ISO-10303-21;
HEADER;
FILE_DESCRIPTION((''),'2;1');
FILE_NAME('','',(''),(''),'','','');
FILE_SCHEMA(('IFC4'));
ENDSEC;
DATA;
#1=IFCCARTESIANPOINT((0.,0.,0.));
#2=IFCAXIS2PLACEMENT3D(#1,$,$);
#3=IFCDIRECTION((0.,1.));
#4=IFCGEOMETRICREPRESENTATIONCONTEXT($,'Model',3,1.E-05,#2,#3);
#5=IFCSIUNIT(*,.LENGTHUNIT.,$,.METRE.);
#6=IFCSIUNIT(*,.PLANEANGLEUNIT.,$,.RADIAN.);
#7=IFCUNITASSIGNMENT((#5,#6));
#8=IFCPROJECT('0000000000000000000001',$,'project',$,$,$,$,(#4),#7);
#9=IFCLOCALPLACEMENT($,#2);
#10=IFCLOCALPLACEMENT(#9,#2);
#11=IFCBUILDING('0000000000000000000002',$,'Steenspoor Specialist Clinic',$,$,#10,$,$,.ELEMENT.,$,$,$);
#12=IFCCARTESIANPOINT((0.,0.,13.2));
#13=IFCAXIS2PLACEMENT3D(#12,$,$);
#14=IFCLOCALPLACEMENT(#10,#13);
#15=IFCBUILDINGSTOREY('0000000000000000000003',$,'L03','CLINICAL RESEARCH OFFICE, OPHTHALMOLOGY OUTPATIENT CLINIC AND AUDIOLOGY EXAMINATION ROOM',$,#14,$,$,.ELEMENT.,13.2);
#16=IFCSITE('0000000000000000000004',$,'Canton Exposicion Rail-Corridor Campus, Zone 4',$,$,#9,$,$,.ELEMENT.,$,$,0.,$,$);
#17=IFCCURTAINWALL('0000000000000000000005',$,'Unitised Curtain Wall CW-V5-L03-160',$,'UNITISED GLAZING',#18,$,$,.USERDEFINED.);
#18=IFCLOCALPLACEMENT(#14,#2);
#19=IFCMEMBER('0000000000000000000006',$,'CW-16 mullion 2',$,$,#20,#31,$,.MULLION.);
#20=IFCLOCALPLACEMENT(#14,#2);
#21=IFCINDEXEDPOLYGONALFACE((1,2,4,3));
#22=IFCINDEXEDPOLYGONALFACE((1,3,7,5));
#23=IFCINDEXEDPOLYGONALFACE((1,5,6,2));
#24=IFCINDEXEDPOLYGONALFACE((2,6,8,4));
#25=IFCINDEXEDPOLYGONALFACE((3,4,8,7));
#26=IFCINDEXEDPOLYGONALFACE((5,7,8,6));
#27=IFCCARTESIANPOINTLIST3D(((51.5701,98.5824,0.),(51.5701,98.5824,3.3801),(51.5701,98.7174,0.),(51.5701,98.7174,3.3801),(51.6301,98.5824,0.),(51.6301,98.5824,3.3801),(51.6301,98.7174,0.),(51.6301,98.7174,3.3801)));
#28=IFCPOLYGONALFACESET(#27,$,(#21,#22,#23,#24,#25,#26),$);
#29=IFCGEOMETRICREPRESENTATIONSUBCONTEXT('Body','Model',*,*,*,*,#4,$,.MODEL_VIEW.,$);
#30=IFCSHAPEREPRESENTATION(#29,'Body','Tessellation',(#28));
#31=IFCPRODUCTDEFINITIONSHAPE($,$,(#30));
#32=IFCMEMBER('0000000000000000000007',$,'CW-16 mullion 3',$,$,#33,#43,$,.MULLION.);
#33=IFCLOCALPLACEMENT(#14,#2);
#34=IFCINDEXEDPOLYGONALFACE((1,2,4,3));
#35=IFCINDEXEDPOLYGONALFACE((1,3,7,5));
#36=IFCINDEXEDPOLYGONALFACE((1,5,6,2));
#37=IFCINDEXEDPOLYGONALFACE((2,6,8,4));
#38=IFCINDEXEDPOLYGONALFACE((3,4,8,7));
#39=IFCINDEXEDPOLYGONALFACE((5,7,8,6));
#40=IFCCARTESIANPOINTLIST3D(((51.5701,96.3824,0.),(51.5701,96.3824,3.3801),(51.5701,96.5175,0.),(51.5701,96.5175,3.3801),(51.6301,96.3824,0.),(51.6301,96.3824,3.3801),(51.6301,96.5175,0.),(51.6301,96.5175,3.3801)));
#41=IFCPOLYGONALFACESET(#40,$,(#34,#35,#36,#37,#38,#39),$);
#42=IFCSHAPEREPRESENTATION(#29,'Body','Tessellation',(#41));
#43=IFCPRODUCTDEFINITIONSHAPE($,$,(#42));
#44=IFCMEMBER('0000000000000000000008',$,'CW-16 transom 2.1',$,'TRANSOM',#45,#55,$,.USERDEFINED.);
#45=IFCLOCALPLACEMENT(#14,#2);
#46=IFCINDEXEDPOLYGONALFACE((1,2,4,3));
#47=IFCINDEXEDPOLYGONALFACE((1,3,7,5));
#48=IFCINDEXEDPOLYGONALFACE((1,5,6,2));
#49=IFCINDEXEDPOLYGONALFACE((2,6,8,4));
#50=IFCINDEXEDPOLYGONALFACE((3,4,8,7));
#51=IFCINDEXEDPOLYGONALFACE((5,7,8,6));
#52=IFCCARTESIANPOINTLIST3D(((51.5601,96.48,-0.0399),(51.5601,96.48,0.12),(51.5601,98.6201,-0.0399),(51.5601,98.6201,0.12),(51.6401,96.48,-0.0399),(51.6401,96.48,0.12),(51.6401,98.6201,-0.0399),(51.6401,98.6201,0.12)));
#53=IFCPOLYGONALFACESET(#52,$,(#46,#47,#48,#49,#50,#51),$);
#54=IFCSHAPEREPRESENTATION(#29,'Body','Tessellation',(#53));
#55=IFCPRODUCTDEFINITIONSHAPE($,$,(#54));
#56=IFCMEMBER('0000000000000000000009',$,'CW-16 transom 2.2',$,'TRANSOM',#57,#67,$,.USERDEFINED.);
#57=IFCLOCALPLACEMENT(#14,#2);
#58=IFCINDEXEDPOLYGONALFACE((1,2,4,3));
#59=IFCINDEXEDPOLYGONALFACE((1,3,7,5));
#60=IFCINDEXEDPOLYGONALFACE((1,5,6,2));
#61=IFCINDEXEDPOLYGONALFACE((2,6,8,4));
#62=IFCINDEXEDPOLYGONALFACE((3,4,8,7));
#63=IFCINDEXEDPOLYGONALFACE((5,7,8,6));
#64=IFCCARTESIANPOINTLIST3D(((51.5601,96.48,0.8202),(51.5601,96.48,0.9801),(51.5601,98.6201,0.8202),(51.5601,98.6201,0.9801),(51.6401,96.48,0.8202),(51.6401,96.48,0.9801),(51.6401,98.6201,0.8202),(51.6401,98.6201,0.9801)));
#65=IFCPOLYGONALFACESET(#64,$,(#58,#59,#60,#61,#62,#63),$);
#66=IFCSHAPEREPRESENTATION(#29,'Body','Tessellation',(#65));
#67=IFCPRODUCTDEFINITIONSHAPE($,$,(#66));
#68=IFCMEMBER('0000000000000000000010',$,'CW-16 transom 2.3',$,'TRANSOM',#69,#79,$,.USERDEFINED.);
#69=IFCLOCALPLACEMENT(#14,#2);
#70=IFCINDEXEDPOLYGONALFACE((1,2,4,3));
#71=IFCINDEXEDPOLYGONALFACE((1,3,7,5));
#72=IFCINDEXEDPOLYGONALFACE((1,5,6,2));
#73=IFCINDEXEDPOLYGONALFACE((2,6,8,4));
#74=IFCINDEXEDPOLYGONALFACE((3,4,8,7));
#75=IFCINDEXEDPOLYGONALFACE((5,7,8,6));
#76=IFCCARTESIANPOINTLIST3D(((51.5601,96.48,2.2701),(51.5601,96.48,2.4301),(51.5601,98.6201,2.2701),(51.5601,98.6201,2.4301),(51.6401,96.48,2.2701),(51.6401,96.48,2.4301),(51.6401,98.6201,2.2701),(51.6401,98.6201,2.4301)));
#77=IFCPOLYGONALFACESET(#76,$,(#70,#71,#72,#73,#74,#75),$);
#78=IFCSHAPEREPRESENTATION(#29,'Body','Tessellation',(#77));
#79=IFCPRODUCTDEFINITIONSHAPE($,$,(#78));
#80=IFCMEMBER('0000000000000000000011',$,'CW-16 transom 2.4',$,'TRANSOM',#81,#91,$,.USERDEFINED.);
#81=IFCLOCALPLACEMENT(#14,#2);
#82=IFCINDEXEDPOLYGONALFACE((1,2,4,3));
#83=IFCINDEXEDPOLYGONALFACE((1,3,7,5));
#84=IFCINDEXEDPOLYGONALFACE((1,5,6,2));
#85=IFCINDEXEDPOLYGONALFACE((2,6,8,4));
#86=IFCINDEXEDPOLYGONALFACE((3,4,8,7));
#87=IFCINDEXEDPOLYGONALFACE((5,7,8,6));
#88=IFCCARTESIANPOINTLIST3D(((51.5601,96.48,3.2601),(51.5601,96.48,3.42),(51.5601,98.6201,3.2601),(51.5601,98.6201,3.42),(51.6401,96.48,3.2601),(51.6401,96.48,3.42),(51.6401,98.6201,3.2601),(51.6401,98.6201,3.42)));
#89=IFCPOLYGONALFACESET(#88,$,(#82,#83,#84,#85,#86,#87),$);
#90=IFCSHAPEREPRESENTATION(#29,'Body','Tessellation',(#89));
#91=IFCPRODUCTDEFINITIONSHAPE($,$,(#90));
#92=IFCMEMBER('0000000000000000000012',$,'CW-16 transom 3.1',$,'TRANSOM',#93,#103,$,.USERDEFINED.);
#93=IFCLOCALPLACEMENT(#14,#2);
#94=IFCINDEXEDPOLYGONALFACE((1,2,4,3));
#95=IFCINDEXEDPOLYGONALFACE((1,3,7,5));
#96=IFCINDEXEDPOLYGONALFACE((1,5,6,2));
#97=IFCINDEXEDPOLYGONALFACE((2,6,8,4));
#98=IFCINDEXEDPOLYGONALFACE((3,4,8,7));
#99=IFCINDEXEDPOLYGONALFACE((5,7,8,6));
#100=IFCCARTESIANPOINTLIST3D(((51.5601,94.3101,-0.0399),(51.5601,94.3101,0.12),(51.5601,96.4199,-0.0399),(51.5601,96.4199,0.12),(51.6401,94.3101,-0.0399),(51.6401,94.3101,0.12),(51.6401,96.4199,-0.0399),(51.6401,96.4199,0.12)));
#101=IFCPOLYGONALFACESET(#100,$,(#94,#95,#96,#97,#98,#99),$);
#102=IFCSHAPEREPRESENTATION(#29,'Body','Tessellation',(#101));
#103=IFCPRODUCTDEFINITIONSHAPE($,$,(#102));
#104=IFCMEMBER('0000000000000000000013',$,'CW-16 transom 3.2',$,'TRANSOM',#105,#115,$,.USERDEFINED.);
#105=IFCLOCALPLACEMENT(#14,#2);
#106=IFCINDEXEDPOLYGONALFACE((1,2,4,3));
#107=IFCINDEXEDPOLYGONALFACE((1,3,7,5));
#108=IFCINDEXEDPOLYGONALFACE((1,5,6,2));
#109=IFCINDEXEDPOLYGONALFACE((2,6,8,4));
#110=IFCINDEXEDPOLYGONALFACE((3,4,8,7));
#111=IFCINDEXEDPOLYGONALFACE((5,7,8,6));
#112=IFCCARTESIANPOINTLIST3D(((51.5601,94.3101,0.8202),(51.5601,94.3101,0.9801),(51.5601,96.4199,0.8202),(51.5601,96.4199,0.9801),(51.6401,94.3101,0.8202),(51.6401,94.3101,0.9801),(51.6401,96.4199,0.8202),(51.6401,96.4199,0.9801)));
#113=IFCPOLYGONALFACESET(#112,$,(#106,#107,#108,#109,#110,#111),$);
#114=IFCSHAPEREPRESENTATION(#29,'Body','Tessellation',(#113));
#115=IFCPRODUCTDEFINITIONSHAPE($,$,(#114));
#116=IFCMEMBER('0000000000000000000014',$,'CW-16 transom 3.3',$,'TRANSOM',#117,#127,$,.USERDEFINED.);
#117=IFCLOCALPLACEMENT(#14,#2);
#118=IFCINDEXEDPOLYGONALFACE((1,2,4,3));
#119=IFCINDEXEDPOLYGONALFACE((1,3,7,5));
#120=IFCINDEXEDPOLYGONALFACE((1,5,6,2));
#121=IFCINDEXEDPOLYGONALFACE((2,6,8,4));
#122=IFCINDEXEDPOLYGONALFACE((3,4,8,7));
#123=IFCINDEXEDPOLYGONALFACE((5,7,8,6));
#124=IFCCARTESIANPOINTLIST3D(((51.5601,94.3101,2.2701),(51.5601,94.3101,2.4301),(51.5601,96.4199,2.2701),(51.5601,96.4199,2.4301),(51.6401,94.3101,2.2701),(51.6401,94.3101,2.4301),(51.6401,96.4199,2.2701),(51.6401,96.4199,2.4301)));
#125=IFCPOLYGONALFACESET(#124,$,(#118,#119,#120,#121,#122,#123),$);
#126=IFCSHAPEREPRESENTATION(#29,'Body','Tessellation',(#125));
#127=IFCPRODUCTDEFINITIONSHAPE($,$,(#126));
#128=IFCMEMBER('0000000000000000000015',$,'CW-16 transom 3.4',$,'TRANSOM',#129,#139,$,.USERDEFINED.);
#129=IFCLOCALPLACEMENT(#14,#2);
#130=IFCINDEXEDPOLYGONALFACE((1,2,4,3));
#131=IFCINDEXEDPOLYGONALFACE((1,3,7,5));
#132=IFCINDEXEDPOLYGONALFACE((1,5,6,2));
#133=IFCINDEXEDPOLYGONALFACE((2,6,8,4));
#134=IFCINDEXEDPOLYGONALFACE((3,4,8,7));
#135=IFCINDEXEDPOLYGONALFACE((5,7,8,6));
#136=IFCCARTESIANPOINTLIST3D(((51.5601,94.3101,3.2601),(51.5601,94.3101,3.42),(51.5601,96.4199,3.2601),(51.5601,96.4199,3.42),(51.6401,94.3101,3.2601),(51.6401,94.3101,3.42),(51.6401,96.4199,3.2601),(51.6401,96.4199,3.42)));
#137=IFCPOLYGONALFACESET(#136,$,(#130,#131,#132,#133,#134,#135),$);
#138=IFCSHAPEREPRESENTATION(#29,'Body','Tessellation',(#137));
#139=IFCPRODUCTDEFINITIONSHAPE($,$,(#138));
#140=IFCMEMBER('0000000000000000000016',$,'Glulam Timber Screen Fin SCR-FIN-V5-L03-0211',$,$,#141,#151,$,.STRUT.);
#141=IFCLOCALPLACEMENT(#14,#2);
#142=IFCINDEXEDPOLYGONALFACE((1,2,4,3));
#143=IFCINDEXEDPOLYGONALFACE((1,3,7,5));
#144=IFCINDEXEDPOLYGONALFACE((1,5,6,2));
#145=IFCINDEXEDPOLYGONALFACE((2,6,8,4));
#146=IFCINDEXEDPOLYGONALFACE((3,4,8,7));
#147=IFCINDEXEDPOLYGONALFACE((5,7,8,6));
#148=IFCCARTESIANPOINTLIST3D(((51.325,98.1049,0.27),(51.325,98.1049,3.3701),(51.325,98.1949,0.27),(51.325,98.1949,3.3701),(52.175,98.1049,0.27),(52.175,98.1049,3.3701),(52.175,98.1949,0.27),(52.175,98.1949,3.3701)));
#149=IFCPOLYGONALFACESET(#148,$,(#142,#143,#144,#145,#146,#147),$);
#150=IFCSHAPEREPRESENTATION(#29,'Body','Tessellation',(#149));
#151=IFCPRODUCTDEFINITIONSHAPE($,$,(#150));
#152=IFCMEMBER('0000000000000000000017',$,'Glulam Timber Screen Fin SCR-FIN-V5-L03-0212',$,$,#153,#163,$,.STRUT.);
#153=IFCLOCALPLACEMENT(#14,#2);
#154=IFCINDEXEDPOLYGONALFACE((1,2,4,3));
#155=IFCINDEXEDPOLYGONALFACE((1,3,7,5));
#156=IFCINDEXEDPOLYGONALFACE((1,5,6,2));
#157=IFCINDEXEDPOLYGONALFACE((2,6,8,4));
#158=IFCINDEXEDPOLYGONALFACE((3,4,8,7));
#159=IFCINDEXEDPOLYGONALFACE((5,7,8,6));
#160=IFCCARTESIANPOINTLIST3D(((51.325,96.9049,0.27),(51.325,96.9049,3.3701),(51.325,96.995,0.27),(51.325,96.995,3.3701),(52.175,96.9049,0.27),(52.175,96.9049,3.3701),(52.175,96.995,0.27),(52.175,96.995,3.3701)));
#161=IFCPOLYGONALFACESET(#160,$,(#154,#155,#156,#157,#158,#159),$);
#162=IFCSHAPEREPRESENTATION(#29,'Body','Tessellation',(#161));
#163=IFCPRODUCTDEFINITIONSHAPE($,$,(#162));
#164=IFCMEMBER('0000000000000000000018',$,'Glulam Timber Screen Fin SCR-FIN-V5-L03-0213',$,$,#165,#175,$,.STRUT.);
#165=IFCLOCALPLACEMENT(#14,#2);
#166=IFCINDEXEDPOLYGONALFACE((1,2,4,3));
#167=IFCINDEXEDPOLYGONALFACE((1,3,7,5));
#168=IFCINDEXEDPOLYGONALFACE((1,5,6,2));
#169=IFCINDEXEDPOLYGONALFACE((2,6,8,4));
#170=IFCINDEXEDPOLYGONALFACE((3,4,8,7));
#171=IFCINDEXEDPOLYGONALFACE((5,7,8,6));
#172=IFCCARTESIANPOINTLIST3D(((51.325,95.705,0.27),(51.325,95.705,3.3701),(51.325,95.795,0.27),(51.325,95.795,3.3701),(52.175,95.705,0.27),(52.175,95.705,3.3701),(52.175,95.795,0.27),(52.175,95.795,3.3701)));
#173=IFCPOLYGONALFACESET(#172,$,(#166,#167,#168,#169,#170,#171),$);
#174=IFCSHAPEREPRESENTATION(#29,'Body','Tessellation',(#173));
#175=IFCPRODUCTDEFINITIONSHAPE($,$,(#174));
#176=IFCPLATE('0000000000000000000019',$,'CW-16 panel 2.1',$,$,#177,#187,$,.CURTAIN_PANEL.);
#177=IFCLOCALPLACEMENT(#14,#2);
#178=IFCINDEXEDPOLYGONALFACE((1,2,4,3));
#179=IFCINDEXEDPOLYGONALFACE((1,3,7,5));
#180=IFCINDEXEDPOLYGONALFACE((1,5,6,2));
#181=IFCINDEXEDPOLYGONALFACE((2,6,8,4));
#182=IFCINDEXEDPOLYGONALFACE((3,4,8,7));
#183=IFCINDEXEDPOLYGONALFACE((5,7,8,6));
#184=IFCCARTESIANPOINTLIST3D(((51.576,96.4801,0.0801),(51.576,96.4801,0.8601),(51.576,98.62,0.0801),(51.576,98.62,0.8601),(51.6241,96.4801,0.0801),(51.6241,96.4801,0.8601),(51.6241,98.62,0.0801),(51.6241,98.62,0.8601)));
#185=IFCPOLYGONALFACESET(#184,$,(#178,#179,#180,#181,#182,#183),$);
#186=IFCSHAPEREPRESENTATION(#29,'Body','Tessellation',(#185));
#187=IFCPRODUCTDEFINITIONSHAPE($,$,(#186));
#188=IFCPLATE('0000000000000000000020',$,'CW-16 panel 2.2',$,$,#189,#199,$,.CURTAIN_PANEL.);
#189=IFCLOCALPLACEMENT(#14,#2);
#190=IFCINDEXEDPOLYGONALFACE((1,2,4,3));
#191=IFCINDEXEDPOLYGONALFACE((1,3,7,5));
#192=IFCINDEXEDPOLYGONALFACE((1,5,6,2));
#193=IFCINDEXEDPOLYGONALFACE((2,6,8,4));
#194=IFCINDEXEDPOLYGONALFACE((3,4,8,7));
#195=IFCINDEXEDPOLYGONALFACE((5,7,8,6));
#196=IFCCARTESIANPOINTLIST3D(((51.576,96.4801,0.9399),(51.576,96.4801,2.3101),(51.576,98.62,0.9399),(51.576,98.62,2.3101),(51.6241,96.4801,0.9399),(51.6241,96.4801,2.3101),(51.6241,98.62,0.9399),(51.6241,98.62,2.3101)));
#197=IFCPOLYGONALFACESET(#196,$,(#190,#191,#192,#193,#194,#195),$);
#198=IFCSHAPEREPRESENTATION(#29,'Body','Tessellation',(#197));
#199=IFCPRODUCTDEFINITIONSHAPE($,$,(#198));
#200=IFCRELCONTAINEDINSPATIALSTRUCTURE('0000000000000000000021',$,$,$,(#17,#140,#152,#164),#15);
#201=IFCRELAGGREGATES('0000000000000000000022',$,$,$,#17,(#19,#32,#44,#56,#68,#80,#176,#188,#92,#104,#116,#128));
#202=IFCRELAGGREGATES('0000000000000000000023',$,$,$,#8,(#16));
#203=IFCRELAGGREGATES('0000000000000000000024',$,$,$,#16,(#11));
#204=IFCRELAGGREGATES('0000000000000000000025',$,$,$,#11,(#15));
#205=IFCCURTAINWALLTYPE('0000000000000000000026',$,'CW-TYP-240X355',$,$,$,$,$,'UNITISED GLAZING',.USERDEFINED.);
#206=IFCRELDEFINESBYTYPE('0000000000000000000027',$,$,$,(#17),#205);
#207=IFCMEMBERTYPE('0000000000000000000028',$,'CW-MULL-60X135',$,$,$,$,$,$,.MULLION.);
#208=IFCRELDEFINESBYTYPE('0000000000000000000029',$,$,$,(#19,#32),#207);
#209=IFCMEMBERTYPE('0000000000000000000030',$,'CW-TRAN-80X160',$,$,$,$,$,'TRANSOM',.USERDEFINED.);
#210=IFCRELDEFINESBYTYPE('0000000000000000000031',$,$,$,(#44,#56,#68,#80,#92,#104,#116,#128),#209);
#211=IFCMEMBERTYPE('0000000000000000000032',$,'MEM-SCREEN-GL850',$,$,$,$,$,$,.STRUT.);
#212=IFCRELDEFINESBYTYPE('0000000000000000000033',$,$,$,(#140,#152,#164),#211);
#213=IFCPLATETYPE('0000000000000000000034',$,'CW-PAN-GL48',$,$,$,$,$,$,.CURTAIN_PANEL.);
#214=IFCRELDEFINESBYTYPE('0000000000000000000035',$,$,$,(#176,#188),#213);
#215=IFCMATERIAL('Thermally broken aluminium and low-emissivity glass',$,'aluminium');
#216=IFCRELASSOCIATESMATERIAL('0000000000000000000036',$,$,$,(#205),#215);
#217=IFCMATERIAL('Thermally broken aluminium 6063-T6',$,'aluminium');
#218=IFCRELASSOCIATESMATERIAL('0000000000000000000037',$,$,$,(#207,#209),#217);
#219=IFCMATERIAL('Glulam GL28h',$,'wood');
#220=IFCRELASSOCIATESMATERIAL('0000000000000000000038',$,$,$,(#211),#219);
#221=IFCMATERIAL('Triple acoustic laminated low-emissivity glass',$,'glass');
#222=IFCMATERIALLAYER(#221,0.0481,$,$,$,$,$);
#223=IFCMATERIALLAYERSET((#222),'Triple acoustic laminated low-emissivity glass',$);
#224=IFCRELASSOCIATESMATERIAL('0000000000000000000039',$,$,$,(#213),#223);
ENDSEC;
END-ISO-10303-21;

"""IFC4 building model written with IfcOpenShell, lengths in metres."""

from ifc_helpers import new_model, si_unit, direction, frame, origin, origin_2d, place, context, subcontext, project, spatial, rectangle, extrude, material, layer, layer_set, material_profile, profile_set, type_object, element, aggregate, save


model = new_model("IFC4")

# Units and contexts
model_context = context("Model", 3, precision=1e-05, world=origin(), true_north=direction((0.0, 1.0)))
body_context = subcontext(model_context, "Body", "Model", "MODEL_VIEW")
ifc_project = project(units=[si_unit("LENGTHUNIT", "METRE"), si_unit("PLANEANGLEUNIT", "RADIAN")], contexts=[model_context])

# Site, building, storey
site_placement = place(None, origin())
site = spatial("IfcSite", under=ifc_project, at=site_placement, Name="Canton Exposicion Rail-Corridor Campus, Zone 4", CompositionType="ELEMENT", RefElevation=0.0)
building_placement = place(site_placement, origin())
building = spatial("IfcBuilding", under=site, at=building_placement, Name="Steenspoor Specialist Clinic", CompositionType="ELEMENT")
storey_placement = place(building_placement, frame((0.0, 0.0, 13.2)))
storey = spatial("IfcBuildingStorey", under=building, at=storey_placement, Name="L03", Description="CLINICAL RESEARCH OFFICE, OPHTHALMOLOGY OUTPATIENT CLINIC AND AUDIOLOGY EXAMINATION ROOM", CompositionType="ELEMENT", Elevation=13.2)

# Curtain wall, members
ifc_material_1 = material(Name="Thermally broken aluminium and low-emissivity glass", Category="aluminium")
curtain_wall_type = type_object("IfcCurtainWallType", Name="CW-TYP-240X355", ElementType="UNITISED GLAZING", PredefinedType="USERDEFINED", material=ifc_material_1)
curtain_wall_placement = place(storey_placement, origin())
curtain_wall = element("IfcCurtainWall", 1, at=curtain_wall_placement, inside=storey, type_object=curtain_wall_type, Name="Unitised Curtain Wall CW-V5-L03-160", ObjectType="UNITISED GLAZING", PredefinedType="USERDEFINED")
ifc_material_2 = material(Name="Thermally broken aluminium 6063-T6", Category="aluminium")
ifc_material_profile_1 = material_profile(ifc_material_2, rectangle(XDim=0.0601, YDim=0.135, at=origin_2d()), Name="CWM-60X135")
ifc_profile_set_1 = profile_set([ifc_material_profile_1], Name="Thermally broken aluminium 6063-T6")
member_type_1 = type_object("IfcMemberType", Name="CW-MULL-60X135", PredefinedType="MULLION", material=ifc_profile_set_1)
member_1_placement = place(storey_placement, frame((51.6001, 98.6499, 0.0), z_axis=(0.0, 0.0, 1.0), x_axis=(1.0, 0.0, 0.0)))
member_1 = element("IfcMember", 2, at=member_1_placement, type_object=member_type_1, Name="CW-16 mullion 2", PredefinedType="MULLION", context=body_context, shape_type="SweptSolid", body=[
    extrude(rectangle(XDim=0.0601, YDim=0.135, at=origin_2d()), origin(), (0.0, 0.0, 1.0), 3.3801),
])
member_2_placement = place(storey_placement, frame((51.6001, 96.45, 0.0), z_axis=(0.0, 0.0, 1.0), x_axis=(1.0, 0.0, 0.0)))
member_2 = element("IfcMember", 3, at=member_2_placement, type_object=member_type_1, Name="CW-16 mullion 3", PredefinedType="MULLION", context=body_context, shape_type="SweptSolid", body=[
    extrude(rectangle(XDim=0.0601, YDim=0.135, at=origin_2d()), origin(), (0.0, 0.0, 1.0), 3.3801),
])
ifc_material_profile_2 = material_profile(ifc_material_2, rectangle(XDim=0.0801, YDim=0.1599, at=origin_2d()), Name="CWT-80X160")
ifc_profile_set_2 = profile_set([ifc_material_profile_2], Name="Thermally broken aluminium 6063-T6")
member_type_2 = type_object("IfcMemberType", Name="CW-TRAN-80X160", ElementType="TRANSOM", PredefinedType="USERDEFINED", material=ifc_profile_set_2)
member_3_placement = place(storey_placement, frame((51.6001, 98.6201, 0.04), z_axis=(0.0, -1.0, 0.0), x_axis=(1.0, 0.0, 0.0)))
member_3 = element("IfcMember", 4, at=member_3_placement, type_object=member_type_2, Name="CW-16 transom 2.1", ObjectType="TRANSOM", PredefinedType="USERDEFINED", context=body_context, shape_type="SweptSolid", body=[
    extrude(rectangle(XDim=0.0801, YDim=0.1599, at=origin_2d()), origin(), (0.0, 0.0, 1.0), 2.1401),
])
member_4_placement = place(storey_placement, frame((51.6001, 98.6201, 0.9001), z_axis=(0.0, -1.0, 0.0), x_axis=(1.0, 0.0, 0.0)))
member_4 = element("IfcMember", 5, at=member_4_placement, type_object=member_type_2, Name="CW-16 transom 2.2", ObjectType="TRANSOM", PredefinedType="USERDEFINED", context=body_context, shape_type="SweptSolid", body=[
    extrude(rectangle(XDim=0.0801, YDim=0.1599, at=origin_2d()), origin(), (0.0, 0.0, 1.0), 2.1401),
])
member_5_placement = place(storey_placement, frame((51.6001, 98.6201, 2.3501), z_axis=(0.0, -1.0, 0.0), x_axis=(1.0, 0.0, 0.0)))
member_5 = element("IfcMember", 6, at=member_5_placement, type_object=member_type_2, Name="CW-16 transom 2.3", ObjectType="TRANSOM", PredefinedType="USERDEFINED", context=body_context, shape_type="SweptSolid", body=[
    extrude(rectangle(XDim=0.0801, YDim=0.1599, at=origin_2d()), origin(), (0.0, 0.0, 1.0), 2.1401),
])
member_6_placement = place(storey_placement, frame((51.6001, 98.6201, 3.3401), z_axis=(0.0, -1.0, 0.0), x_axis=(1.0, 0.0, 0.0)))
member_6 = element("IfcMember", 7, at=member_6_placement, type_object=member_type_2, Name="CW-16 transom 2.4", ObjectType="TRANSOM", PredefinedType="USERDEFINED", context=body_context, shape_type="SweptSolid", body=[
    extrude(rectangle(XDim=0.0801, YDim=0.1599, at=origin_2d()), origin(), (0.0, 0.0, 1.0), 2.1401),
])
member_7_placement = place(storey_placement, frame((51.6001, 96.4199, 0.04), z_axis=(0.0, -1.0, 0.0), x_axis=(1.0, 0.0, 0.0)))
member_7 = element("IfcMember", 8, at=member_7_placement, type_object=member_type_2, Name="CW-16 transom 3.1", ObjectType="TRANSOM", PredefinedType="USERDEFINED", context=body_context, shape_type="SweptSolid", body=[
    extrude(rectangle(XDim=0.0801, YDim=0.1599, at=origin_2d()), origin(), (0.0, 0.0, 1.0), 2.1099),
])
member_8_placement = place(storey_placement, frame((51.6001, 96.4199, 0.9001), z_axis=(0.0, -1.0, 0.0), x_axis=(1.0, 0.0, 0.0)))
member_8 = element("IfcMember", 9, at=member_8_placement, type_object=member_type_2, Name="CW-16 transom 3.2", ObjectType="TRANSOM", PredefinedType="USERDEFINED", context=body_context, shape_type="SweptSolid", body=[
    extrude(rectangle(XDim=0.0801, YDim=0.1599, at=origin_2d()), origin(), (0.0, 0.0, 1.0), 2.1099),
])
member_9_placement = place(storey_placement, frame((51.6001, 96.4199, 2.3501), z_axis=(0.0, -1.0, 0.0), x_axis=(1.0, 0.0, 0.0)))
member_9 = element("IfcMember", 10, at=member_9_placement, type_object=member_type_2, Name="CW-16 transom 3.3", ObjectType="TRANSOM", PredefinedType="USERDEFINED", context=body_context, shape_type="SweptSolid", body=[
    extrude(rectangle(XDim=0.0801, YDim=0.1599, at=origin_2d()), origin(), (0.0, 0.0, 1.0), 2.1099),
])
member_10_placement = place(storey_placement, frame((51.6001, 96.4199, 3.3401), z_axis=(0.0, -1.0, 0.0), x_axis=(1.0, 0.0, 0.0)))
member_10 = element("IfcMember", 11, at=member_10_placement, type_object=member_type_2, Name="CW-16 transom 3.4", ObjectType="TRANSOM", PredefinedType="USERDEFINED", context=body_context, shape_type="SweptSolid", body=[
    extrude(rectangle(XDim=0.0801, YDim=0.1599, at=origin_2d()), origin(), (0.0, 0.0, 1.0), 2.1099),
])

# Members
ifc_material_3 = material(Name="Glulam GL28h", Category="wood")
ifc_material_profile_3 = material_profile(ifc_material_3, rectangle(XDim=0.0901, YDim=0.8501, at=origin_2d()), Name="GL28H-90X850")
ifc_profile_set_3 = profile_set([ifc_material_profile_3], Name="Glulam GL28h")
member_type_3 = type_object("IfcMemberType", Name="MEM-SCREEN-GL850", PredefinedType="STRUT", material=ifc_profile_set_3)
for number, where, z_axis, x_axis, name in (
    (12, (51.75, 98.1499, 0.27), (0.0, 0.0, 1.0), (0.0, -1.0, 0.0), "Glulam Timber Screen Fin SCR-FIN-V5-L03-0211"),
    (13, (51.75, 96.95, 0.27), (0.0, 0.0, 1.0), (0.0, -1.0, 0.0), "Glulam Timber Screen Fin SCR-FIN-V5-L03-0212"),
    (14, (51.75, 95.75, 0.27), (0.0, 0.0, 1.0), (0.0, -1.0, 0.0), "Glulam Timber Screen Fin SCR-FIN-V5-L03-0213"),
):
    element("IfcMember", number, at=place(storey_placement, frame(where, z_axis=z_axis, x_axis=x_axis)), inside=storey, type_object=member_type_3, Name=name, PredefinedType="STRUT", context=body_context, shape_type="SweptSolid", body=[
        extrude(rectangle(XDim=0.0901, YDim=0.8501, at=origin_2d()), origin(), (0.0, 0.0, 1.0), 3.1001),
    ])

# Plates
ifc_material_4 = material(Name="Triple acoustic laminated low-emissivity glass", Category="glass")
ifc_layer_1 = layer(ifc_material_4, 0.0481)
ifc_layer_set_1 = layer_set([ifc_layer_1], Name="Triple acoustic laminated low-emissivity glass")
plate_type = type_object("IfcPlateType", Name="CW-PAN-GL48", PredefinedType="CURTAIN_PANEL", material=ifc_layer_set_1)
plate_1_placement = place(storey_placement, frame((51.6001, 97.55, 0.0801), z_axis=(0.0, 0.0, 1.0), x_axis=(0.0, -1.0, 0.0)))
plate_1 = element("IfcPlate", 15, at=plate_1_placement, type_object=plate_type, Name="CW-16 panel 2.1", PredefinedType="CURTAIN_PANEL", context=body_context, shape_type="SweptSolid", body=[
    extrude(rectangle(XDim=2.1399, YDim=0.0481, at=origin_2d()), origin(), (0.0, 0.0, 1.0), 0.78),
])
plate_2_placement = place(storey_placement, frame((51.6001, 97.55, 0.9399), z_axis=(0.0, 0.0, 1.0), x_axis=(0.0, -1.0, 0.0)))
plate_2 = element("IfcPlate", 16, at=plate_2_placement, type_object=plate_type, Name="CW-16 panel 2.2", PredefinedType="CURTAIN_PANEL", context=body_context, shape_type="SweptSolid", body=[
    extrude(rectangle(XDim=2.1399, YDim=0.0481, at=origin_2d()), origin(), (0.0, 0.0, 1.0), 1.3701),
])
aggregate(curtain_wall, [member_1, member_2, member_3, member_4, member_5, member_6, plate_1, plate_2, member_7, member_8, member_9, member_10])

save(model, "model.ifc")
